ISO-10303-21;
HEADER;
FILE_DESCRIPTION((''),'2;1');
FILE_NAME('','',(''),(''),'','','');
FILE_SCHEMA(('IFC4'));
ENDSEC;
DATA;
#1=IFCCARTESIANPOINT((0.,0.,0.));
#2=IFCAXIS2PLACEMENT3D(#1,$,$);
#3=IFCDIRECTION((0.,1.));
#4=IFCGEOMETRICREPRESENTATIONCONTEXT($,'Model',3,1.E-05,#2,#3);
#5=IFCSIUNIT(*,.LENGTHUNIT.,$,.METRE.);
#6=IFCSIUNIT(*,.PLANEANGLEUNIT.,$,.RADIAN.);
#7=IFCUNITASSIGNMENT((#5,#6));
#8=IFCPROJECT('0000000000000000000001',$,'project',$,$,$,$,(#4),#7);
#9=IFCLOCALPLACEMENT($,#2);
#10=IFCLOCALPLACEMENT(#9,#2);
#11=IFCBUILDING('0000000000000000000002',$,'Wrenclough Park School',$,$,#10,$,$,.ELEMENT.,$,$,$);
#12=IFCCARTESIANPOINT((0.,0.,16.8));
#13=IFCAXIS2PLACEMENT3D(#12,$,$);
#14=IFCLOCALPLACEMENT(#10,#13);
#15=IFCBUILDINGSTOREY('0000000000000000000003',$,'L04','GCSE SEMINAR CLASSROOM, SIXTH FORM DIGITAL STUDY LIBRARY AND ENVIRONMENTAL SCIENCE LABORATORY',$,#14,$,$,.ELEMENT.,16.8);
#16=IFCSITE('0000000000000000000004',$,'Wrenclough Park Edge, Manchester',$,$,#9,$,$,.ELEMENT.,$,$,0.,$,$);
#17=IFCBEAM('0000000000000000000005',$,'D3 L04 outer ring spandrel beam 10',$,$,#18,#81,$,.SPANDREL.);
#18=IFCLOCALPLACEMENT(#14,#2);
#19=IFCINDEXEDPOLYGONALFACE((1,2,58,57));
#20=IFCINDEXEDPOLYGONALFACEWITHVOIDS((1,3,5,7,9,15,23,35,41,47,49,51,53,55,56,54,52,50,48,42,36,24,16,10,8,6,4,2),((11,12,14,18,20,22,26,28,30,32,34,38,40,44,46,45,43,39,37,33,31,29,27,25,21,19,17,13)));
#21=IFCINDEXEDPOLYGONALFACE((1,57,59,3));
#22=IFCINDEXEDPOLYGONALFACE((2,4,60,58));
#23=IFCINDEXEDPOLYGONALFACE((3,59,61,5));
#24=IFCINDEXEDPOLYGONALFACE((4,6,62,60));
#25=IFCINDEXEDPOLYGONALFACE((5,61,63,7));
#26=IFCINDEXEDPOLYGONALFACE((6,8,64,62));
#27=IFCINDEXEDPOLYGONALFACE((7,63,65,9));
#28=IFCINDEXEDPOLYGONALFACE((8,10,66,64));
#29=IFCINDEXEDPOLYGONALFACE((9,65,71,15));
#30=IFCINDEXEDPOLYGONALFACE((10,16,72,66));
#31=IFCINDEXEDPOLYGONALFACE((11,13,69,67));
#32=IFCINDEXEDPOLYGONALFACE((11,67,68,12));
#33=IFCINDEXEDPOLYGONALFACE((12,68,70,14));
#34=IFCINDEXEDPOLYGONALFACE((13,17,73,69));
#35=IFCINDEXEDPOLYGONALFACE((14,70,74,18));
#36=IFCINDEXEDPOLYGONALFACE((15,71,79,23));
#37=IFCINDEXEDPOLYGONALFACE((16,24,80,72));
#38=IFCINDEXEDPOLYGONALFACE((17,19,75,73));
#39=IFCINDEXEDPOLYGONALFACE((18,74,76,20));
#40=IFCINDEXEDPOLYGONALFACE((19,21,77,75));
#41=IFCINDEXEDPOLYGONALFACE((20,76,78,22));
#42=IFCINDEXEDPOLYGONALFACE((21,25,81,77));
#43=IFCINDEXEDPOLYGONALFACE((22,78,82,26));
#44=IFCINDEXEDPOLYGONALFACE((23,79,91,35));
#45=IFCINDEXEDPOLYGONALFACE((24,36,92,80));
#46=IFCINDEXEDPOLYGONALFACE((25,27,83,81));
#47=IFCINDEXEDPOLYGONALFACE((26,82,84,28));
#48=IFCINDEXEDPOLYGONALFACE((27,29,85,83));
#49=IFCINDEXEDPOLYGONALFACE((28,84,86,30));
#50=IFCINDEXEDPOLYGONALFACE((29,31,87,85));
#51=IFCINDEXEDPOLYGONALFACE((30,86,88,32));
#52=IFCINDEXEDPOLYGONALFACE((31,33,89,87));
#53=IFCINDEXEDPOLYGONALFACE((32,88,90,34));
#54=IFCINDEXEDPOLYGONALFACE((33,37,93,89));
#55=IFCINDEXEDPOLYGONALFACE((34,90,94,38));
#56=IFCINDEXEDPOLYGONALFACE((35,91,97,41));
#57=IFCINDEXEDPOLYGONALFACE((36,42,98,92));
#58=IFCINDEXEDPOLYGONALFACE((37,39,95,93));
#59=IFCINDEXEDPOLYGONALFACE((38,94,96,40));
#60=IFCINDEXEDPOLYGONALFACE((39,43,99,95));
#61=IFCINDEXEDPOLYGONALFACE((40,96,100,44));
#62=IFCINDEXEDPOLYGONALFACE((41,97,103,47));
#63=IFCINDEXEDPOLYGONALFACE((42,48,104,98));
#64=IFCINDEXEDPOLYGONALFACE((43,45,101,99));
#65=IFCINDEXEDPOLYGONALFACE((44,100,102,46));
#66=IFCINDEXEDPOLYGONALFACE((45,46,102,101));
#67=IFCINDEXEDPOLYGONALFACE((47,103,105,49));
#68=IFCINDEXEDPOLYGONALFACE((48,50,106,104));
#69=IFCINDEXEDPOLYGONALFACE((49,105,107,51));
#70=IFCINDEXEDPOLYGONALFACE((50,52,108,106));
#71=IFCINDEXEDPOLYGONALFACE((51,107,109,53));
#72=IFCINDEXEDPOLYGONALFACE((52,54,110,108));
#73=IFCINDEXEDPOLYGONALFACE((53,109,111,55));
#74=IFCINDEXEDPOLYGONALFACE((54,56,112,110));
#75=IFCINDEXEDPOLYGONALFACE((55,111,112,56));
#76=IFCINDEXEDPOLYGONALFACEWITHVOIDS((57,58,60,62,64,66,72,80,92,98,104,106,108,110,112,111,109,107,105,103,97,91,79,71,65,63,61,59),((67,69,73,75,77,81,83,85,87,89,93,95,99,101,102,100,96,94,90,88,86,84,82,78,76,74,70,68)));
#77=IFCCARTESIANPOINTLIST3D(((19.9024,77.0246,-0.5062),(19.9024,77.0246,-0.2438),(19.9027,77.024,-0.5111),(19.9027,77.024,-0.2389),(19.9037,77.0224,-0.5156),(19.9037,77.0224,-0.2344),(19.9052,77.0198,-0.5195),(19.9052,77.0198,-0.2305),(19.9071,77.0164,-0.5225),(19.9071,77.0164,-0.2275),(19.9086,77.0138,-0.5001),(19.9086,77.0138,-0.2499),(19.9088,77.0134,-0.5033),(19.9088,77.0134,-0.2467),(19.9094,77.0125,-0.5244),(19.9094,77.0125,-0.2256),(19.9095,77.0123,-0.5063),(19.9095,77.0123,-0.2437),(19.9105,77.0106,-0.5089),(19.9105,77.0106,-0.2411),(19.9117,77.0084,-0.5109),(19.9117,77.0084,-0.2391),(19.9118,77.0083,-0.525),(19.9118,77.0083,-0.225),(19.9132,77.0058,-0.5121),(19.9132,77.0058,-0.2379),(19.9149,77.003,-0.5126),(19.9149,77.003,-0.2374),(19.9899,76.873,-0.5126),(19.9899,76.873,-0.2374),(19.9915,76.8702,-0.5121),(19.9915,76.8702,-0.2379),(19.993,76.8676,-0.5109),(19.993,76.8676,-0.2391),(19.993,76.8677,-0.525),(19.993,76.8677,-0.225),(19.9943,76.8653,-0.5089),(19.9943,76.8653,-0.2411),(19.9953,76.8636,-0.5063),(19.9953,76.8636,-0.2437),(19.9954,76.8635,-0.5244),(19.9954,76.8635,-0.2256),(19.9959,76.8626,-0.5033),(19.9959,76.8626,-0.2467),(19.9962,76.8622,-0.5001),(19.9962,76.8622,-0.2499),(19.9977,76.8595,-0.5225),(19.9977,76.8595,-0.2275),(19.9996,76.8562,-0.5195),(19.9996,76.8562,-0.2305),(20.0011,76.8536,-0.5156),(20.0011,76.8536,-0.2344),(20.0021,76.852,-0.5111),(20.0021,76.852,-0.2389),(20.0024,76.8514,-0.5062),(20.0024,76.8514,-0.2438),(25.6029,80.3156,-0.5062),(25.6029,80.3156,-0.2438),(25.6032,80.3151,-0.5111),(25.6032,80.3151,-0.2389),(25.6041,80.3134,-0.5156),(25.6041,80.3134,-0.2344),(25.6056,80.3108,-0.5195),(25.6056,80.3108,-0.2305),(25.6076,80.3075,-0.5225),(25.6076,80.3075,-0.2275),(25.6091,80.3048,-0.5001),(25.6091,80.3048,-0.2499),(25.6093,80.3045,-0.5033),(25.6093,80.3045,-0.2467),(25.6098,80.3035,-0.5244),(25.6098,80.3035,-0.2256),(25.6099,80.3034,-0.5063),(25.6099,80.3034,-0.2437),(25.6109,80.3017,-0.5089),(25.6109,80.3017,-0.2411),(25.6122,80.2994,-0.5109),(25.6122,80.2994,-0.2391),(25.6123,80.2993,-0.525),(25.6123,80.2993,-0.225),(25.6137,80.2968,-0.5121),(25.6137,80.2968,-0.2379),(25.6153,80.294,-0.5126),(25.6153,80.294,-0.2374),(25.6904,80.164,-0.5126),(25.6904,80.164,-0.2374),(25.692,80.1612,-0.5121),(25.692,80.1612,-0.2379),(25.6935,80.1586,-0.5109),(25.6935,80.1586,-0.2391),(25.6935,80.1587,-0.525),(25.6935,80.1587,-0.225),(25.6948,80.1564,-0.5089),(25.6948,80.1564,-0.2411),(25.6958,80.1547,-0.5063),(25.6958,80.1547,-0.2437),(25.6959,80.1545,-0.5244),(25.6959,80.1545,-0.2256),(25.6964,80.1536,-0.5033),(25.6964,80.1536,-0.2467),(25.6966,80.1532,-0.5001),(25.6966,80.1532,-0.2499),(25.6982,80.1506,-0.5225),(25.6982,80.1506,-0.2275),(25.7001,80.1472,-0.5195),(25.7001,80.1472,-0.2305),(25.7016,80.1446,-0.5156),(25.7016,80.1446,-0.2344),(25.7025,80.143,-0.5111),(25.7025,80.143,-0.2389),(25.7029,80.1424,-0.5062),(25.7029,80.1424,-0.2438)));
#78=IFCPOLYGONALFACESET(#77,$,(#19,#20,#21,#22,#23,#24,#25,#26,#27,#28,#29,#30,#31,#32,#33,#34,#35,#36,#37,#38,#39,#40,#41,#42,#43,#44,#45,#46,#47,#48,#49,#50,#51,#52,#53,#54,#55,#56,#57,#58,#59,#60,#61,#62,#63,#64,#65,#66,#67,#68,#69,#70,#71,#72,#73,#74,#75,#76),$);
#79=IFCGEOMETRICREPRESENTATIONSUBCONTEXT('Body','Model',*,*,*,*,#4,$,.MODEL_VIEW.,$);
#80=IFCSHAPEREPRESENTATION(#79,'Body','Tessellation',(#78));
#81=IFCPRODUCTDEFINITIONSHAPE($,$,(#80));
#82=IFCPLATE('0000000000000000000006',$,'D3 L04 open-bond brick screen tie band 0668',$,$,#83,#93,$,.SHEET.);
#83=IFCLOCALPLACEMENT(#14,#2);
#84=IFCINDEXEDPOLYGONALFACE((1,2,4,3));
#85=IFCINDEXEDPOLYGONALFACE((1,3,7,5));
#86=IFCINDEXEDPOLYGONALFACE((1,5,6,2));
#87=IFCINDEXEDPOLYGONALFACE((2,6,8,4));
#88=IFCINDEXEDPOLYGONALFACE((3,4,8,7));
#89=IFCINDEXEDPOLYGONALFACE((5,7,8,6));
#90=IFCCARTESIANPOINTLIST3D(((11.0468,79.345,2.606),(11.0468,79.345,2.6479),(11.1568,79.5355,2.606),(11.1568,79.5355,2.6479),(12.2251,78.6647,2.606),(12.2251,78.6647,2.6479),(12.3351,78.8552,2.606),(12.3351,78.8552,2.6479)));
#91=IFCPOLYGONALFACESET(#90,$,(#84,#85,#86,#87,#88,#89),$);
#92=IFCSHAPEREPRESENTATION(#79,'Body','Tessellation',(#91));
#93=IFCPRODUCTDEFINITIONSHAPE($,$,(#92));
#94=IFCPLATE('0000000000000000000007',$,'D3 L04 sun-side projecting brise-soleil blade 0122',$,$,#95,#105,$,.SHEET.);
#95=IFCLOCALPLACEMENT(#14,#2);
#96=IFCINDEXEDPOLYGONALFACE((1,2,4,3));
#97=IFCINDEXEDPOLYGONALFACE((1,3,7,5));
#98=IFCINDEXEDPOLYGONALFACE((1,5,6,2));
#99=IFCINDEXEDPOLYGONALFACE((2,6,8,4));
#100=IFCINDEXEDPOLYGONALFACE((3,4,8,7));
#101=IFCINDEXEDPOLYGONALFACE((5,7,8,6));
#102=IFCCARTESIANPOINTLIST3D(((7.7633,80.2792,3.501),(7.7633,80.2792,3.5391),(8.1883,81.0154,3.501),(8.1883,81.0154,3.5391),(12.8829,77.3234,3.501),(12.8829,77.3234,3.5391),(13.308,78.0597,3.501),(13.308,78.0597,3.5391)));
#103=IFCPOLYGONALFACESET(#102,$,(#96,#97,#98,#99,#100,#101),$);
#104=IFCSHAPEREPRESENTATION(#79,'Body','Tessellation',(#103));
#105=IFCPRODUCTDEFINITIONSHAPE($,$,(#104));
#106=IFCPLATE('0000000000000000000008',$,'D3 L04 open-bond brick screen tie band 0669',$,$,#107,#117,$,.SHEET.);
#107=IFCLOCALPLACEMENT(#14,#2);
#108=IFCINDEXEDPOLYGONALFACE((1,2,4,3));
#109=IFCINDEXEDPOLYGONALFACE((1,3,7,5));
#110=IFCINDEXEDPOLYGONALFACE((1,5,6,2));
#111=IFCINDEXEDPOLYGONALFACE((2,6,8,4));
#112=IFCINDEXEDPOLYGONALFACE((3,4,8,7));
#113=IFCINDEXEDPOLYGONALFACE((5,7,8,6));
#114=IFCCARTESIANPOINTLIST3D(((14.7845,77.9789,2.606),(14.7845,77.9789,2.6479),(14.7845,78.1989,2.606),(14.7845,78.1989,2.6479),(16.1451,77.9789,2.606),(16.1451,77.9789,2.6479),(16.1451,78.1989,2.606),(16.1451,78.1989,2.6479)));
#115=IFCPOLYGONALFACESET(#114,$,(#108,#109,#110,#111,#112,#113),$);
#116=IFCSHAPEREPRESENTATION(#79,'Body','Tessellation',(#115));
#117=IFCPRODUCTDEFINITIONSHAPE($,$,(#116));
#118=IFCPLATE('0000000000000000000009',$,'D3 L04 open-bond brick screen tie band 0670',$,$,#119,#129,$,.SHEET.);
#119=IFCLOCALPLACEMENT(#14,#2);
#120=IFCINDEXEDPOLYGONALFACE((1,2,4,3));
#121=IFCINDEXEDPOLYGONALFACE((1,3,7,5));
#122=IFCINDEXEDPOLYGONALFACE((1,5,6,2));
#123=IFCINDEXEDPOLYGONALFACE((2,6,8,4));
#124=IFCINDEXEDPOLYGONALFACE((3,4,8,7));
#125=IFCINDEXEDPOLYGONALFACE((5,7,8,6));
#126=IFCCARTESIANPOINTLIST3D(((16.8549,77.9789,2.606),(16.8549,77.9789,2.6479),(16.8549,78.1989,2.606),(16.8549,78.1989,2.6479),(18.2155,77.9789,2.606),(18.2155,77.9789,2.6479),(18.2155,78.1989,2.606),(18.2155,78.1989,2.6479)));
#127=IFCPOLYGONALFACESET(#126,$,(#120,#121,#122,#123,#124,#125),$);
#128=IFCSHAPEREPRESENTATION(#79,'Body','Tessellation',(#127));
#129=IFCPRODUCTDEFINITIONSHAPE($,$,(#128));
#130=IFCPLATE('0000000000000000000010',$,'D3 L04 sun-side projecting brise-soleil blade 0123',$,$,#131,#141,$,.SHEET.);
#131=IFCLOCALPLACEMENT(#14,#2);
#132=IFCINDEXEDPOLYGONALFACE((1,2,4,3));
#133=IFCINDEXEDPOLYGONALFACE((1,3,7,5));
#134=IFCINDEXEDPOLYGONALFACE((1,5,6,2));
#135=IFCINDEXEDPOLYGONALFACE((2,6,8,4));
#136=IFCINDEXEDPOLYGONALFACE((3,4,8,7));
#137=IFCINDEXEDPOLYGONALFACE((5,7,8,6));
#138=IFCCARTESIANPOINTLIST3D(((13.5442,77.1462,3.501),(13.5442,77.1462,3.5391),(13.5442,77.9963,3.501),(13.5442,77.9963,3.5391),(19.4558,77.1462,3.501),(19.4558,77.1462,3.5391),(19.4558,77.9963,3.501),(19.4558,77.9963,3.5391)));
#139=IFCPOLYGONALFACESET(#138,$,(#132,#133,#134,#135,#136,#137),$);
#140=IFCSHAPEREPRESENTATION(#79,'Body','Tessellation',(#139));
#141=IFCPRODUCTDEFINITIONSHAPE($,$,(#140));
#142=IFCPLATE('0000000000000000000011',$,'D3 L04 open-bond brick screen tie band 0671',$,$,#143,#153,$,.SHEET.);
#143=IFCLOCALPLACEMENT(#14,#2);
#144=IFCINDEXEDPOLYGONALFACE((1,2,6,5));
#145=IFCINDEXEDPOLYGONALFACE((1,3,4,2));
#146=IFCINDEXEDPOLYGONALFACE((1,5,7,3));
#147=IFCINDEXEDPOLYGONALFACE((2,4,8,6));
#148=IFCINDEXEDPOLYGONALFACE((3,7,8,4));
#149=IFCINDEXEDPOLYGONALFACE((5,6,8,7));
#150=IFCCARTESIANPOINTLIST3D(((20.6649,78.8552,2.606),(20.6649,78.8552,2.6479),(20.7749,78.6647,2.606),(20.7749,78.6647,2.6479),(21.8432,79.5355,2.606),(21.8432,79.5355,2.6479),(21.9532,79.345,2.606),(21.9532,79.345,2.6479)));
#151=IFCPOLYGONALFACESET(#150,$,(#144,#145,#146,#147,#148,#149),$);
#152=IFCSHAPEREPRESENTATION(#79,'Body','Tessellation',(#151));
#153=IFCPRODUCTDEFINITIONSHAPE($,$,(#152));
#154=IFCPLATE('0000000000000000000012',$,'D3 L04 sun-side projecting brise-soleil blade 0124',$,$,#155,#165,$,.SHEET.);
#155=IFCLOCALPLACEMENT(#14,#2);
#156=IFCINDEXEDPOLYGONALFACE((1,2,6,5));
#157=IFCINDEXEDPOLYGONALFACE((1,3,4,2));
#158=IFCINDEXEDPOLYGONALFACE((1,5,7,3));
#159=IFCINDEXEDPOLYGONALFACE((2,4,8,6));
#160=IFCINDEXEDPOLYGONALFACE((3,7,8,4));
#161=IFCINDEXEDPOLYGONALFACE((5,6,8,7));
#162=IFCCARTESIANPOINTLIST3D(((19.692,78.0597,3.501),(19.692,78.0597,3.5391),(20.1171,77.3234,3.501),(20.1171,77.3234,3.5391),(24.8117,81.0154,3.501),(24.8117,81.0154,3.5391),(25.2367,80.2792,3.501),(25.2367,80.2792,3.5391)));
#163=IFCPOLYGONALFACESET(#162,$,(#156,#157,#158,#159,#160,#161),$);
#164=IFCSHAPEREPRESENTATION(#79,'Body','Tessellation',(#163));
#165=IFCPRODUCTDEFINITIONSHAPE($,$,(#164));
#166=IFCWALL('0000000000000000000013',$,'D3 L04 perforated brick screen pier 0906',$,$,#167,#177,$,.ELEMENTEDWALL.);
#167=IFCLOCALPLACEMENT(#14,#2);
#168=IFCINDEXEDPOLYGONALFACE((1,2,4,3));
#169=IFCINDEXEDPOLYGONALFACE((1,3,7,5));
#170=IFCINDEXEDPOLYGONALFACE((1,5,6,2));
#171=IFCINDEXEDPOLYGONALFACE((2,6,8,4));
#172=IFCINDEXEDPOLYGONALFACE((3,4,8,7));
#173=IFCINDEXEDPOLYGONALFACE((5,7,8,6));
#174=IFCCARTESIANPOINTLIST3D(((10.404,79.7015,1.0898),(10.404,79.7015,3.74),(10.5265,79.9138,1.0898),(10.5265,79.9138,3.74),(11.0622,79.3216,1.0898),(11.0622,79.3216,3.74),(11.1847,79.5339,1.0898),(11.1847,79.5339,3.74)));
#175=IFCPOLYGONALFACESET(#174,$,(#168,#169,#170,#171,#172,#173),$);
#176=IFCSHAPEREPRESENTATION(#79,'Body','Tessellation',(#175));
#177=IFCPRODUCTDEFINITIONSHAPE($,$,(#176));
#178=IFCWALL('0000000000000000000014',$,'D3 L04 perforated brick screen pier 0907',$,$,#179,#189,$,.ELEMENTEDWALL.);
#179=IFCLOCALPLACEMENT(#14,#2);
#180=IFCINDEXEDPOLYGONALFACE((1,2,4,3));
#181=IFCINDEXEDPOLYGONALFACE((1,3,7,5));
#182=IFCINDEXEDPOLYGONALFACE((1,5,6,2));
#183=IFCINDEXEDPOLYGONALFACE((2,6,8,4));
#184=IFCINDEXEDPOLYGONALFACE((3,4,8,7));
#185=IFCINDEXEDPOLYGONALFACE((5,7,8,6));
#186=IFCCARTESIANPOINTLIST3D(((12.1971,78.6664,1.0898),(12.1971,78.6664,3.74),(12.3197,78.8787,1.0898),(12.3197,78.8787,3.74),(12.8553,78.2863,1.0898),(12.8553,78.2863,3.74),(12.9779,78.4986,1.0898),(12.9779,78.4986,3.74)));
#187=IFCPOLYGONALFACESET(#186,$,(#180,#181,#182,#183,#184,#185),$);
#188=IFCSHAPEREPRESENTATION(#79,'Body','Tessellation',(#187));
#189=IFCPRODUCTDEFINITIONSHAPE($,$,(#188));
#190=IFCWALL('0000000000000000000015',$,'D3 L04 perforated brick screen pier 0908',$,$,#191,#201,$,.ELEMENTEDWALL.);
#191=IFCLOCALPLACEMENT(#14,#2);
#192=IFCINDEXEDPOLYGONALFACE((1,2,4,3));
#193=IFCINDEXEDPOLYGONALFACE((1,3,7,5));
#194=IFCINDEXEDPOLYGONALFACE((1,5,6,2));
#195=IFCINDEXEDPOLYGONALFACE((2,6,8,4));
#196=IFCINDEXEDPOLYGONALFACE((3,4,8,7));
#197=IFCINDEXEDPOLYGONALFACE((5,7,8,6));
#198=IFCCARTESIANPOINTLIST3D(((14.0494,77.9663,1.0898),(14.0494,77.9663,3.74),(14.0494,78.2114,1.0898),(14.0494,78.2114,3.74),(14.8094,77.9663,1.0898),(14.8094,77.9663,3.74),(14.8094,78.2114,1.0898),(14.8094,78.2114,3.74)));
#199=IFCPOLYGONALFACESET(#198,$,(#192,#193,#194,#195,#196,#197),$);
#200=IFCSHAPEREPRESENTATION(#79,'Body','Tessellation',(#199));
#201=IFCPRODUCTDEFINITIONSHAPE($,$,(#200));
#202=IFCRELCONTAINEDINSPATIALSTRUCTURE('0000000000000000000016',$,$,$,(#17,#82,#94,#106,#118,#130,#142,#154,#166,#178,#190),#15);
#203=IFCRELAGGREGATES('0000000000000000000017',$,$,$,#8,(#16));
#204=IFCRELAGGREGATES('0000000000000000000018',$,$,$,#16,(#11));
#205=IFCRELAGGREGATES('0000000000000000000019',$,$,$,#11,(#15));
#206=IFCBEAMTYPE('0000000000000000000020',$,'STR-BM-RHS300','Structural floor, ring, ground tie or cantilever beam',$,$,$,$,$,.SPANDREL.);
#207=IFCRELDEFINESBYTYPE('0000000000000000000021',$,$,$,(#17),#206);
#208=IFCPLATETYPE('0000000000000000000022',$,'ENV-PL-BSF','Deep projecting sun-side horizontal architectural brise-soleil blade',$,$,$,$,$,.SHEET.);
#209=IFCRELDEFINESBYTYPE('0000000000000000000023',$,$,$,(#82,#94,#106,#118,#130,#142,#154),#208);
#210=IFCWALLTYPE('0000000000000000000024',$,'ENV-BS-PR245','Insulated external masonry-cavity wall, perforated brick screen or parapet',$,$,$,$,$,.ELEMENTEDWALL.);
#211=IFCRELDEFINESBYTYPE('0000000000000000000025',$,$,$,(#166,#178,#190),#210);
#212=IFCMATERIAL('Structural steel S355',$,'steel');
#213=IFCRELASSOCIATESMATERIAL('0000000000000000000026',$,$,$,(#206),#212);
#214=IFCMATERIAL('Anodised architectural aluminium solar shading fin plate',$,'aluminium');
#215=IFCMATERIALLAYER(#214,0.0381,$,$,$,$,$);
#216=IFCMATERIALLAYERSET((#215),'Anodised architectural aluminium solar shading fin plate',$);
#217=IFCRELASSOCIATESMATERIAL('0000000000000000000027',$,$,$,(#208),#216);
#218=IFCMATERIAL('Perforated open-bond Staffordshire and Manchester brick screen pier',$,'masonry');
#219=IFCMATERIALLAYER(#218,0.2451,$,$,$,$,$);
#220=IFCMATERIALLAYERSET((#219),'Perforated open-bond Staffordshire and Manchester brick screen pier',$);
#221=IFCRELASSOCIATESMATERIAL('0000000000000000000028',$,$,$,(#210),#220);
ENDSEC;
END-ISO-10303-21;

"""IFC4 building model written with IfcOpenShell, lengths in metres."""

from ifc_helpers import new_model, si_unit, direction, frame, frame_2d, origin, origin_2d, place, context, subcontext, project, spatial, rectangle, hollow_rectangle, extrude, material, layer, layer_set, material_profile, profile_set, type_object, element, save


model = new_model("IFC4")

# Units and contexts
model_context = context("Model", 3, precision=1e-05, world=origin(), true_north=direction((0.0, 1.0)))
body_context = subcontext(model_context, "Body", "Model", "MODEL_VIEW")
ifc_project = project(units=[si_unit("LENGTHUNIT", "METRE"), si_unit("PLANEANGLEUNIT", "RADIAN")], contexts=[model_context])

# Site, building, storey
site_placement = place(None, origin())
site = spatial("IfcSite", under=ifc_project, at=site_placement, Name="Wrenclough Park Edge, Manchester", CompositionType="ELEMENT", RefElevation=0.0)
building_placement = place(site_placement, origin())
building = spatial("IfcBuilding", under=site, at=building_placement, Name="Wrenclough Park School", CompositionType="ELEMENT")
storey_placement = place(building_placement, frame((0.0, 0.0, 16.8)))
storey = spatial("IfcBuildingStorey", under=building, at=storey_placement, Name="L04", Description="GCSE SEMINAR CLASSROOM, SIXTH FORM DIGITAL STUDY LIBRARY AND ENVIRONMENTAL SCIENCE LABORATORY", CompositionType="ELEMENT", Elevation=16.8)

# Beam
ifc_material_1 = material(Name="Structural steel S355", Category="steel")
ifc_material_profile = material_profile(ifc_material_1, hollow_rectangle(XDim=0.2, YDim=0.3, WallThickness=0.0125, InnerFilletRadius=0.0125, OuterFilletRadius=0.0188, at=origin_2d()), Name="RHS 300x200x12.5")
ifc_profile_set = profile_set([ifc_material_profile], Name="Structural steel S355")
beam_type = type_object("IfcBeamType", Name="STR-BM-RHS300", Description="Structural floor, ring, ground tie or cantilever beam", PredefinedType="SPANDREL", material=ifc_profile_set)
beam_placement = place(storey_placement, frame((19.9524, 76.938, -0.375), z_axis=(0.866034, 0.499985, 0.0), x_axis=(-0.499985, 0.866034, 0.0)))
element("IfcBeam", 1, at=beam_placement, inside=storey, type_object=beam_type, Name="D3 L04 outer ring spandrel beam 10", PredefinedType="SPANDREL", context=body_context, shape_type="SweptSolid", body=[
    extrude(hollow_rectangle(XDim=0.2, YDim=0.3, WallThickness=0.0125, InnerFilletRadius=0.0125, OuterFilletRadius=0.0188, at=origin_2d()), origin(), (0.0, 0.0, 1.0), 6.5823),
])

# Plates
ifc_material_2 = material(Name="Anodised architectural aluminium solar shading fin plate", Category="aluminium")
ifc_layer_1 = layer(ifc_material_2, 0.0381)
ifc_layer_set_1 = layer_set([ifc_layer_1], Name="Anodised architectural aluminium solar shading fin plate")
plate_type = type_object("IfcPlateType", Name="ENV-PL-BSF", Description="Deep projecting sun-side horizontal architectural brise-soleil blade", PredefinedType="SHEET", material=ifc_layer_set_1)
plate_1_placement = place(storey_placement, frame((11.6909, 79.1001, 2.606), z_axis=(0.0, 0.0, 1.0), x_axis=(0.866029, -0.499993, 0.0)))
element("IfcPlate", 2, at=plate_1_placement, inside=storey, type_object=plate_type, Name="D3 L04 open-bond brick screen tie band 0668", PredefinedType="SHEET", context=body_context, shape_type="SweptSolid", body=[
    extrude(rectangle(XDim=1.3606, YDim=0.22, at=origin_2d()), origin(), (0.0, 0.0, 1.0), 0.042),
])
plate_2_placement = place(storey_placement, frame((10.5356, 79.1694, 3.501), z_axis=(0.0, 0.0, 1.0), x_axis=(0.866029, -0.499993, 0.0)))
element("IfcPlate", 3, at=plate_2_placement, inside=storey, type_object=plate_type, Name="D3 L04 sun-side projecting brise-soleil blade 0122", PredefinedType="SHEET", context=body_context, shape_type="SweptSolid", body=[
    extrude(rectangle(XDim=5.9116, YDim=0.8501, at=origin_2d()), origin(), (0.0, 0.0, 1.0), 0.0381),
])
for number, where, z_axis, x_axis, name in (
    (4, (15.4648, 78.0889, 2.606), (0.0, 0.0, 1.0), (1.0, 0.0, 0.0), "D3 L04 open-bond brick screen tie band 0669"),
    (5, (17.5352, 78.0889, 2.606), (0.0, 0.0, 1.0), (1.0, 0.0, 0.0), "D3 L04 open-bond brick screen tie band 0670"),
):
    element("IfcPlate", number, at=place(storey_placement, frame(where, z_axis=z_axis, x_axis=x_axis)), inside=storey, type_object=plate_type, Name=name, PredefinedType="SHEET", context=body_context, shape_type="SweptSolid", body=[
        extrude(rectangle(XDim=1.3606, YDim=0.22, at=origin_2d()), origin(), (0.0, 0.0, 1.0), 0.042),
    ])
plate_3_placement = place(storey_placement, frame((16.5, 77.5713, 3.501), z_axis=(0.0, 0.0, 1.0), x_axis=(1.0, 0.0, 0.0)))
element("IfcPlate", 6, at=plate_3_placement, inside=storey, type_object=plate_type, Name="D3 L04 sun-side projecting brise-soleil blade 0123", PredefinedType="SHEET", context=body_context, shape_type="SweptSolid", body=[
    extrude(rectangle(XDim=5.9116, YDim=0.8501, at=origin_2d()), origin(), (0.0, 0.0, 1.0), 0.0381),
])
plate_4_placement = place(storey_placement, frame((21.3091, 79.1001, 2.606), z_axis=(0.0, 0.0, 1.0), x_axis=(0.866029, 0.499993, 0.0)))
element("IfcPlate", 7, at=plate_4_placement, inside=storey, type_object=plate_type, Name="D3 L04 open-bond brick screen tie band 0671", PredefinedType="SHEET", context=body_context, shape_type="SweptSolid", body=[
    extrude(rectangle(XDim=1.3606, YDim=0.22, at=origin_2d()), origin(), (0.0, 0.0, 1.0), 0.042),
])
plate_5_placement = place(storey_placement, frame((22.4644, 79.1694, 3.501), z_axis=(0.0, 0.0, 1.0), x_axis=(0.866029, 0.499993, 0.0)))
element("IfcPlate", 8, at=plate_5_placement, inside=storey, type_object=plate_type, Name="D3 L04 sun-side projecting brise-soleil blade 0124", PredefinedType="SHEET", context=body_context, shape_type="SweptSolid", body=[
    extrude(rectangle(XDim=5.9116, YDim=0.8501, at=origin_2d()), origin(), (0.0, 0.0, 1.0), 0.0381),
])

# Walls
ifc_material_3 = material(Name="Perforated open-bond Staffordshire and Manchester brick screen pier", Category="masonry")
ifc_layer_2 = layer(ifc_material_3, 0.2451)
ifc_layer_set_2 = layer_set([ifc_layer_2], Name="Perforated open-bond Staffordshire and Manchester brick screen pier")
wall_type_1 = type_object("IfcWallType", Name="ENV-BS-PR245", Description="Insulated external masonry-cavity wall, perforated brick screen or parapet", PredefinedType="ELEMENTEDWALL", material=ifc_layer_set_2)
for number, where, z_axis, x_axis, name in (
    (9, (10.4653, 79.8076, 1.0898), (0.0, 0.0, 1.0), (0.8661, -0.499871, 0.0), "D3 L04 perforated brick screen pier 0906"),
    (10, (12.2585, 78.7725, 1.0898), (0.0, 0.0, 1.0), (0.865961, -0.500112, 0.0), "D3 L04 perforated brick screen pier 0907"),
    (11, (14.0496, 78.0889, 1.0898), (0.0, 0.0, 1.0), (1.0, 0.0, 0.0), "D3 L04 perforated brick screen pier 0908"),
):
    element("IfcWall", number, at=place(storey_placement, frame(where, z_axis=z_axis, x_axis=x_axis)), inside=storey, type_object=wall_type_1, Name=name, PredefinedType="ELEMENTEDWALL", context=body_context, shape_type="SweptSolid", body=[
        extrude(rectangle(XDim=0.76, YDim=0.2451, at=frame_2d((0.3799, 0.0))), origin(), (0.0, 0.0, 1.0), 2.6501),
    ])

save(model, "model.ifc")
